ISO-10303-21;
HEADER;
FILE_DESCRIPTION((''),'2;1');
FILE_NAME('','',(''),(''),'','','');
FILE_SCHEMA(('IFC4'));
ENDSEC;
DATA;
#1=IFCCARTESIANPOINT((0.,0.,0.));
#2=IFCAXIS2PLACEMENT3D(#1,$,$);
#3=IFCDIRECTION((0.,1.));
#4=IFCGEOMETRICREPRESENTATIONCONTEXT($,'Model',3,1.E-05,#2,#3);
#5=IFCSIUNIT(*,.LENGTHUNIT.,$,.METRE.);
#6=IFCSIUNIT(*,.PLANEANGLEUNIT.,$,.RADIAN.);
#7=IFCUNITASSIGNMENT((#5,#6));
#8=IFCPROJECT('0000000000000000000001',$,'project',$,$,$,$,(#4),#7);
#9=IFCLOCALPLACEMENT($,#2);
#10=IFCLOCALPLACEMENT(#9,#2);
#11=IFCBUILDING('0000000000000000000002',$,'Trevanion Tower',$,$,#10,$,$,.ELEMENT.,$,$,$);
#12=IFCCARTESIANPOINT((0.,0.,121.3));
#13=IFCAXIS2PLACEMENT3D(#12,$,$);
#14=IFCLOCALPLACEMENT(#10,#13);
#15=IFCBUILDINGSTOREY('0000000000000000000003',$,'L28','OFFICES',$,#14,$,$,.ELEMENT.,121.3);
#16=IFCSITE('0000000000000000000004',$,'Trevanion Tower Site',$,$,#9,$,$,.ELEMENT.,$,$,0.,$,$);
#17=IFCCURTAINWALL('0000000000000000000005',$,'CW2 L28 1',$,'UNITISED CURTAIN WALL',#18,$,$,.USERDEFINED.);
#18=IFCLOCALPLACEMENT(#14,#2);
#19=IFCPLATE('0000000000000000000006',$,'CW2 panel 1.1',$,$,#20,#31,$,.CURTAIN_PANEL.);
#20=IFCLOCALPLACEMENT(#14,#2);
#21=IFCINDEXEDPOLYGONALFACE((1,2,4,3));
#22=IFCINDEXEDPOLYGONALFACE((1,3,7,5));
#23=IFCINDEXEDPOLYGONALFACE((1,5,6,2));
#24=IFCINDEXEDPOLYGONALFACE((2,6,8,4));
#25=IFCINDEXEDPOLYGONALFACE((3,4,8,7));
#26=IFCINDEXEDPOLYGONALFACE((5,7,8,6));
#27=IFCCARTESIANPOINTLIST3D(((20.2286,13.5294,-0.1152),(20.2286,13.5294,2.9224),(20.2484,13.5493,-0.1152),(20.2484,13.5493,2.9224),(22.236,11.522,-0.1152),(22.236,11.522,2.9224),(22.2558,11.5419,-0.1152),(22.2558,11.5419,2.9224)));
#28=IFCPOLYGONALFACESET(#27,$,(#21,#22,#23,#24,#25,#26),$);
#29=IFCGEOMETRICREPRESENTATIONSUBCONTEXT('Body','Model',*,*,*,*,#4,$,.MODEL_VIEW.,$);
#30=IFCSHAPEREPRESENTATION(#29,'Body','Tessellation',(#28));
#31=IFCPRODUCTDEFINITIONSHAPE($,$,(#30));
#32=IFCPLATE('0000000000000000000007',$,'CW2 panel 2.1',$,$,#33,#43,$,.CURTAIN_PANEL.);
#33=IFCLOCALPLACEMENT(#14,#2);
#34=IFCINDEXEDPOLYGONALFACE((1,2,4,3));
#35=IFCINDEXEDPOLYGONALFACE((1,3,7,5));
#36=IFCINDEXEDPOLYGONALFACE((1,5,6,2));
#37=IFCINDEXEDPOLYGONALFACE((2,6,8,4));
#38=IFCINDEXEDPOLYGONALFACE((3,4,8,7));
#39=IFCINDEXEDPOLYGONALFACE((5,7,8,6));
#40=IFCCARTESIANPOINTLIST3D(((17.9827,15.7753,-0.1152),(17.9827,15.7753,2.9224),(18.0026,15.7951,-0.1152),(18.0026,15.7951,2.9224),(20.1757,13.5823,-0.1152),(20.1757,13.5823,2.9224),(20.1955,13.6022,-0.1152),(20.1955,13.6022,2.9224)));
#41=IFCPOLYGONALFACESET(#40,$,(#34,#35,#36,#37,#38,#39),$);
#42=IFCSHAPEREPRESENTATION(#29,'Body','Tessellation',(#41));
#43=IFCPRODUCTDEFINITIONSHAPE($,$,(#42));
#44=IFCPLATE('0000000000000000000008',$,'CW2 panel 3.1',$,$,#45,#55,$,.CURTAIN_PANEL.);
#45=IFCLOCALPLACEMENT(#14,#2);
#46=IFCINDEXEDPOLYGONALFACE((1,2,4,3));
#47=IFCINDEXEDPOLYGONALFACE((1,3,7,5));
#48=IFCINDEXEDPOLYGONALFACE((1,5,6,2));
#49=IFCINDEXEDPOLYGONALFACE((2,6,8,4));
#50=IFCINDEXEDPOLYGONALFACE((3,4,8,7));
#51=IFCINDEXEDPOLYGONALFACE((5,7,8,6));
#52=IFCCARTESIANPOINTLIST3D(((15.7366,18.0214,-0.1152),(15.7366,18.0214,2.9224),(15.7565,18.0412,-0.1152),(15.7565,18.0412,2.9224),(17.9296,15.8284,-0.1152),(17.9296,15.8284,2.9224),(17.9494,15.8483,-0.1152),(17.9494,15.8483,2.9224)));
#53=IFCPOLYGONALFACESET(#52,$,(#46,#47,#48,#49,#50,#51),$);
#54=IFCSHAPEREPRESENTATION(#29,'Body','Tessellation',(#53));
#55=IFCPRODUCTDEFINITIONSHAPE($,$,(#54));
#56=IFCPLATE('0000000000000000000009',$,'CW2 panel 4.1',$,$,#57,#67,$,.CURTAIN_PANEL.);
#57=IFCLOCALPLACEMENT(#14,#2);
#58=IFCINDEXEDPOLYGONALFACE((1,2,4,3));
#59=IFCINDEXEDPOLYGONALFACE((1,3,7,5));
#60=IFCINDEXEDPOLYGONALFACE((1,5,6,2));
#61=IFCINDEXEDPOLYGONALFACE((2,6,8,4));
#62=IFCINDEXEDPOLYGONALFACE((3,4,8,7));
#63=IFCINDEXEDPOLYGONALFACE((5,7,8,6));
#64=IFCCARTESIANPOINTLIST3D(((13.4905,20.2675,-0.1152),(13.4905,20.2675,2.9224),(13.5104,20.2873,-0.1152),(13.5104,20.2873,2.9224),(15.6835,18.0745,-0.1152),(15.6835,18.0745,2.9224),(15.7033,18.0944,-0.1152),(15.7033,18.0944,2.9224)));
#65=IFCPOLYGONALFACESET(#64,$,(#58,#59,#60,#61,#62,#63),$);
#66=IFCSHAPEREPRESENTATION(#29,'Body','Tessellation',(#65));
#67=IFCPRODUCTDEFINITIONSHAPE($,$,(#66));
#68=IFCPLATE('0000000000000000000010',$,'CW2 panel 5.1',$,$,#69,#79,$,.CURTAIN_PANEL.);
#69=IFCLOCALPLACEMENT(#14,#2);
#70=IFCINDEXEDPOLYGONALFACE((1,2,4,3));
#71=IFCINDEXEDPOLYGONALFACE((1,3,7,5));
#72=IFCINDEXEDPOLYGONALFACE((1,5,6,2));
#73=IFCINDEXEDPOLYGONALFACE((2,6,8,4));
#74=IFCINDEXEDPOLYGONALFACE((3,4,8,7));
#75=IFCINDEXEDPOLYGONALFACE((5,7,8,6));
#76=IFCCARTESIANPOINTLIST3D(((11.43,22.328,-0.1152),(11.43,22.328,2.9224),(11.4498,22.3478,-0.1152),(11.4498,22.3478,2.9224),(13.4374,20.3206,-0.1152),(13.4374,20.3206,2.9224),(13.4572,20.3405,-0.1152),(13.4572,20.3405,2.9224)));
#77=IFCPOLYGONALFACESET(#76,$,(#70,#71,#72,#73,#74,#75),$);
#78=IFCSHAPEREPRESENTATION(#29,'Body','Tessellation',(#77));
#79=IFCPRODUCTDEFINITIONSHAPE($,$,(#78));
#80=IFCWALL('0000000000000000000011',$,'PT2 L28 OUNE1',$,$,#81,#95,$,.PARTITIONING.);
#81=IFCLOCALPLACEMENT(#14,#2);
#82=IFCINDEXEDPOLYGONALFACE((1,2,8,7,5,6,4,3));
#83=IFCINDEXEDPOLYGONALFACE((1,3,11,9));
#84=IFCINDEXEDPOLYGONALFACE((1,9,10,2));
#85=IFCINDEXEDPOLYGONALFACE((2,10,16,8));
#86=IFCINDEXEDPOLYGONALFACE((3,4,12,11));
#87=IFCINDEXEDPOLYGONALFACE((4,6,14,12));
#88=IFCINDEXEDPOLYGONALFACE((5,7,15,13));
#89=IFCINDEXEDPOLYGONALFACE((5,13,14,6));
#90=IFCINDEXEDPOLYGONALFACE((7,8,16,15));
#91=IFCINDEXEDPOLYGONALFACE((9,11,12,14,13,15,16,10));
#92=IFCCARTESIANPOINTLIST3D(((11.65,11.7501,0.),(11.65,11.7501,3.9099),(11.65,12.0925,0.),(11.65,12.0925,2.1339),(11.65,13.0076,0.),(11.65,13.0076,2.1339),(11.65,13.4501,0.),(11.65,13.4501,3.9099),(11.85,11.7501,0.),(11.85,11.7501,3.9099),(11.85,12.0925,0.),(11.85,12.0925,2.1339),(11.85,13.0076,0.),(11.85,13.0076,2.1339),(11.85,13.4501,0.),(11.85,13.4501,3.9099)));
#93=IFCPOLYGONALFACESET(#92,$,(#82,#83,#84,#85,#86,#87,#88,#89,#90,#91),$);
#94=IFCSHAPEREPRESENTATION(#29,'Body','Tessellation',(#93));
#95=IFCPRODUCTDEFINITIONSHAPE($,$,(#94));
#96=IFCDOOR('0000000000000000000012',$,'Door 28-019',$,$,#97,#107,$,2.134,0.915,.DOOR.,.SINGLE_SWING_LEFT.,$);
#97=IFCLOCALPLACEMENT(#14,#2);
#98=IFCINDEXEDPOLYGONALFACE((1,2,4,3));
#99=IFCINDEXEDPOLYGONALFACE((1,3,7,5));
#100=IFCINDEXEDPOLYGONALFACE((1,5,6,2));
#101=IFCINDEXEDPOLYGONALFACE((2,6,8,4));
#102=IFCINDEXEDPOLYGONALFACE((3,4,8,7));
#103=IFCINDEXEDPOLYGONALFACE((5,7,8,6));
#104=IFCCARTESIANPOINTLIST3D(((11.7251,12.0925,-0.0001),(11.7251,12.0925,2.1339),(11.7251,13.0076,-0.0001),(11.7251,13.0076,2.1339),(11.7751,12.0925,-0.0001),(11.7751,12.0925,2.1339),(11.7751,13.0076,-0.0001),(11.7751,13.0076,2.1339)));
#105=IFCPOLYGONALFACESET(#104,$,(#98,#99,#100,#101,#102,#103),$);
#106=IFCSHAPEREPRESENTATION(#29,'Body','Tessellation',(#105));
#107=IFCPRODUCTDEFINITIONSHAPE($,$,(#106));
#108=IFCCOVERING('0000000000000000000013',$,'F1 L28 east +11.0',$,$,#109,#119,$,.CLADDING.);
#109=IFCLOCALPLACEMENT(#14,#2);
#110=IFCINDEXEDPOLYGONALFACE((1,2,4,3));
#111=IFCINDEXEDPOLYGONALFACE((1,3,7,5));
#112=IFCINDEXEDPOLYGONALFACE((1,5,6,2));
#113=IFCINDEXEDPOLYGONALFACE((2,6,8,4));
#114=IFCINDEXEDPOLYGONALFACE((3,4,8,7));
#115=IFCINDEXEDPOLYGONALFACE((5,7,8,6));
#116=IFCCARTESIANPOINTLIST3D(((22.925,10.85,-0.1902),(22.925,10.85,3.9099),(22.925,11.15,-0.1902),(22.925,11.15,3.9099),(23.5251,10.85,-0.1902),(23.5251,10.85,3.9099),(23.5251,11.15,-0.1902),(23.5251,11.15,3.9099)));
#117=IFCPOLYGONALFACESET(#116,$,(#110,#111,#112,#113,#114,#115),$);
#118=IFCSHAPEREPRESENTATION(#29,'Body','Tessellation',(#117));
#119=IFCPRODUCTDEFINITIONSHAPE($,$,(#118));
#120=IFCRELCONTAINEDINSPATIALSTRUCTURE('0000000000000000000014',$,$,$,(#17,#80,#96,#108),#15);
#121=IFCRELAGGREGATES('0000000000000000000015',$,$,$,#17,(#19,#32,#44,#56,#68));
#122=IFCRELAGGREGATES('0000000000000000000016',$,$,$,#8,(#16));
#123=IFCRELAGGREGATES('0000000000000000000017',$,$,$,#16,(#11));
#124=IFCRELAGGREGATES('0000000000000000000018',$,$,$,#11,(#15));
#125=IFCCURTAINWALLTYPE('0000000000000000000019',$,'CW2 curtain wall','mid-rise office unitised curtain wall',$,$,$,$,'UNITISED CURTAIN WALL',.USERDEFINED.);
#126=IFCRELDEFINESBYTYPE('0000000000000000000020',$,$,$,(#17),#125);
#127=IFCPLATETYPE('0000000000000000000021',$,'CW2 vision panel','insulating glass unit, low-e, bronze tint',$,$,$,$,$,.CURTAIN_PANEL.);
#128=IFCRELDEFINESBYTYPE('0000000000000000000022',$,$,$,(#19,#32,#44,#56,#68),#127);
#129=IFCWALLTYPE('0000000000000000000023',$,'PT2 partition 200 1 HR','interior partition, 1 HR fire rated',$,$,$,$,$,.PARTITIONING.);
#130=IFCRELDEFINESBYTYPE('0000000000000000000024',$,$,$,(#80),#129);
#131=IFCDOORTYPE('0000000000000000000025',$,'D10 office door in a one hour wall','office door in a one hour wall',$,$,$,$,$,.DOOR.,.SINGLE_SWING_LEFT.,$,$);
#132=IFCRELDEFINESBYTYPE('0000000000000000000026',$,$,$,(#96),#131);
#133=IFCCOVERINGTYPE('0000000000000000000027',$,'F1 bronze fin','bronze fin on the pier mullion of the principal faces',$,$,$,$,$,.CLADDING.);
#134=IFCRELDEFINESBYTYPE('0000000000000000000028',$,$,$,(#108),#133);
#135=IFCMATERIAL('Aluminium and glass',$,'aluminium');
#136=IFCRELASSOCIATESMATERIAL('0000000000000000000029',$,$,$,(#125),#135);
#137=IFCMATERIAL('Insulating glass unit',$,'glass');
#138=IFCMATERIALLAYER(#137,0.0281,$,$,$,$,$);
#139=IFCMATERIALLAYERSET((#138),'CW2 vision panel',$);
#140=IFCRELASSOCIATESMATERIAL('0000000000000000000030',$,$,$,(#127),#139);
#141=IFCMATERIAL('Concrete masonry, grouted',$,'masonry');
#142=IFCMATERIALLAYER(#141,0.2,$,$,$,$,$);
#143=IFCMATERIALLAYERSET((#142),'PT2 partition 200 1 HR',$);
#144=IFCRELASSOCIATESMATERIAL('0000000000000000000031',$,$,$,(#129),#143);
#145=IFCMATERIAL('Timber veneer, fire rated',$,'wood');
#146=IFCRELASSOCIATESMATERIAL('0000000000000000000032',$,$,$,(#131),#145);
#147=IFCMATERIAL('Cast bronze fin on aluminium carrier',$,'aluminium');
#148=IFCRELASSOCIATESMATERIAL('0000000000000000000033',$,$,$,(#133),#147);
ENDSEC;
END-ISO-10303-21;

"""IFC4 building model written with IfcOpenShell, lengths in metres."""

from ifc_helpers import new_model, si_unit, direction, frame, frame_2d, origin, origin_2d, place, context, subcontext, project, spatial, rectangle, extrude, material, layer, layer_set, type_object, element, fill, aggregate, save


model = new_model("IFC4")

# Units and contexts
model_context = context("Model", 3, precision=1e-05, world=origin(), true_north=direction((0.0, 1.0)))
body_context = subcontext(model_context, "Body", "Model", "MODEL_VIEW")
ifc_project = project(units=[si_unit("LENGTHUNIT", "METRE"), si_unit("PLANEANGLEUNIT", "RADIAN")], contexts=[model_context])

# Site, building, storey
site_placement = place(None, origin())
site = spatial("IfcSite", under=ifc_project, at=site_placement, Name="Trevanion Tower Site", CompositionType="ELEMENT", RefElevation=0.0)
building_placement = place(site_placement, origin())
building = spatial("IfcBuilding", under=site, at=building_placement, Name="Trevanion Tower", CompositionType="ELEMENT")
storey_placement = place(building_placement, frame((0.0, 0.0, 121.3)))
storey = spatial("IfcBuildingStorey", under=building, at=storey_placement, Name="L28", Description="OFFICES", CompositionType="ELEMENT", Elevation=121.3)

# Curtain wall
ifc_material_1 = material(Name="Aluminium and glass", Category="aluminium")
curtain_wall_type = type_object("IfcCurtainWallType", Name="CW2 curtain wall", Description="mid-rise office unitised curtain wall", ElementType="UNITISED CURTAIN WALL", PredefinedType="USERDEFINED", material=ifc_material_1)
curtain_wall_1_placement = place(storey_placement, origin())
curtain_wall_1 = element("IfcCurtainWall", 1, at=curtain_wall_1_placement, inside=storey, type_object=curtain_wall_type, Name="CW2 L28 1", ObjectType="UNITISED CURTAIN WALL", PredefinedType="USERDEFINED")

# Plates
ifc_material_2 = material(Name="Insulating glass unit", Category="glass")
ifc_layer_1 = layer(ifc_material_2, 0.0281)
ifc_layer_set_1 = layer_set([ifc_layer_1], Name="CW2 vision panel")
plate_type_1 = type_object("IfcPlateType", Name="CW2 vision panel", Description="insulating glass unit, low-e, bronze tint", PredefinedType="CURTAIN_PANEL", material=ifc_layer_set_1)
plate_1_placement = place(storey_placement, frame((21.2422, 12.5356, -0.1152), z_axis=(0.0, 0.0, 1.0), x_axis=(-0.707107, 0.707107, 0.0)))
plate_1 = element("IfcPlate", 2, at=plate_1_placement, type_object=plate_type_1, Name="CW2 panel 1.1", PredefinedType="CURTAIN_PANEL", context=body_context, shape_type="SweptSolid", body=[
    extrude(rectangle(XDim=2.8389, YDim=0.0281, at=origin_2d()), origin(), (0.0, 0.0, 1.0), 3.0376),
])
plate_2_placement = place(storey_placement, frame((19.0891, 14.6887, -0.1152), z_axis=(0.0, 0.0, 1.0), x_axis=(-0.707107, 0.707107, 0.0)))
plate_2 = element("IfcPlate", 3, at=plate_2_placement, type_object=plate_type_1, Name="CW2 panel 2.1", PredefinedType="CURTAIN_PANEL", context=body_context, shape_type="SweptSolid", body=[
    extrude(rectangle(XDim=3.1013, YDim=0.0281, at=origin_2d()), origin(), (0.0, 0.0, 1.0), 3.0376),
])
plate_3_placement = place(storey_placement, frame((16.843, 16.9348, -0.1152), z_axis=(0.0, 0.0, 1.0), x_axis=(-0.707107, 0.707107, 0.0)))
plate_3 = element("IfcPlate", 4, at=plate_3_placement, type_object=plate_type_1, Name="CW2 panel 3.1", PredefinedType="CURTAIN_PANEL", context=body_context, shape_type="SweptSolid", body=[
    extrude(rectangle(XDim=3.1013, YDim=0.0281, at=origin_2d()), origin(), (0.0, 0.0, 1.0), 3.0376),
])
plate_4_placement = place(storey_placement, frame((14.5969, 19.1809, -0.1152), z_axis=(0.0, 0.0, 1.0), x_axis=(-0.707107, 0.707107, 0.0)))
plate_4 = element("IfcPlate", 5, at=plate_4_placement, type_object=plate_type_1, Name="CW2 panel 4.1", PredefinedType="CURTAIN_PANEL", context=body_context, shape_type="SweptSolid", body=[
    extrude(rectangle(XDim=3.1013, YDim=0.0281, at=origin_2d()), origin(), (0.0, 0.0, 1.0), 3.0376),
])
plate_5_placement = place(storey_placement, frame((12.4436, 21.3342, -0.1152), z_axis=(0.0, 0.0, 1.0), x_axis=(-0.707107, 0.707107, 0.0)))
plate_5 = element("IfcPlate", 6, at=plate_5_placement, type_object=plate_type_1, Name="CW2 panel 5.1", PredefinedType="CURTAIN_PANEL", context=body_context, shape_type="SweptSolid", body=[
    extrude(rectangle(XDim=2.8389, YDim=0.0281, at=origin_2d()), origin(), (0.0, 0.0, 1.0), 3.0376),
])
aggregate(curtain_wall_1, [plate_1, plate_2, plate_3, plate_4, plate_5])

# Wall, opening, door
ifc_material_3 = material(Name="Concrete masonry, grouted", Category="masonry")
ifc_layer_2 = layer(ifc_material_3, 0.2)
ifc_layer_set_2 = layer_set([ifc_layer_2], Name="PT2 partition 200 1 HR")
wall_type = type_object("IfcWallType", Name="PT2 partition 200 1 HR", Description="interior partition, 1 HR fire rated", PredefinedType="PARTITIONING", material=ifc_layer_set_2)
wall_placement = place(storey_placement, frame((11.75, 11.75, 0.0), z_axis=(0.0, 0.0, 1.0), x_axis=(0.0, 1.0, 0.0)))
wall = element("IfcWall", 7, at=wall_placement, inside=storey, type_object=wall_type, Name="PT2 L28 OUNE1", PredefinedType="PARTITIONING", context=body_context, shape_type="SweptSolid", body=[
    extrude(rectangle(XDim=1.7, YDim=0.2, at=frame_2d((0.8501, 0.0))), origin(), (0.0, 0.0, 1.0), 3.9099),
])
opening_placement = place(wall_placement, frame((0.3425, 0.0, 0.0)))
opening = element("IfcOpeningElement", 8, at=opening_placement, cuts=wall, PredefinedType="OPENING", context=body_context, shape_type="SweptSolid", body=[
    extrude(rectangle(XDim=0.915, YDim=2.134, at=frame_2d((0.4575, 1.0669))), frame((0.0, 0.1099, 0.0), z_axis=(0.0, -1.0, 0.0), x_axis=(1.0, 0.0, 0.0)), (0.0, 0.0, 1.0), 0.22),
])
ifc_material_4 = material(Name="Timber veneer, fire rated", Category="wood")
door_type = type_object("IfcDoorType", Name="D10 office door in a one hour wall", Description="office door in a one hour wall", OperationType="SINGLE_SWING_LEFT", PredefinedType="DOOR", material=ifc_material_4)
door_placement = place(opening_placement, origin())
door = element("IfcDoor", 9, at=door_placement, inside=storey, type_object=door_type, Name="Door 28-019", OperationType="SINGLE_SWING_LEFT", OverallHeight=2.134, OverallWidth=0.915, PredefinedType="DOOR", context=body_context, shape_type="SweptSolid", body=[
    extrude(rectangle(XDim=0.915, YDim=2.134, at=frame_2d((0.4575, 1.0669))), frame((0.0, 0.0249, 0.0), z_axis=(0.0, -1.0, 0.0), x_axis=(1.0, 0.0, 0.0)), (0.0, 0.0, 1.0), 0.05),
])
fill(opening, door)

# Covering
ifc_material_5 = material(Name="Cast bronze fin on aluminium carrier", Category="aluminium")
covering_type = type_object("IfcCoveringType", Name="F1 bronze fin", Description="bronze fin on the pier mullion of the principal faces", PredefinedType="CLADDING", material=ifc_material_5)
covering_placement = place(storey_placement, frame((23.2251, 11.0, -0.1902), z_axis=(0.0, 0.0, 1.0), x_axis=(0.0, 1.0, 0.0)))
element("IfcCovering", 10, at=covering_placement, inside=storey, type_object=covering_type, Name="F1 L28 east +11.0", PredefinedType="CLADDING", context=body_context, shape_type="SweptSolid", body=[
    extrude(rectangle(XDim=0.3, YDim=0.6001, at=origin_2d()), origin(), (0.0, 0.0, 1.0), 4.1001),
])

save(model, "model.ifc")
